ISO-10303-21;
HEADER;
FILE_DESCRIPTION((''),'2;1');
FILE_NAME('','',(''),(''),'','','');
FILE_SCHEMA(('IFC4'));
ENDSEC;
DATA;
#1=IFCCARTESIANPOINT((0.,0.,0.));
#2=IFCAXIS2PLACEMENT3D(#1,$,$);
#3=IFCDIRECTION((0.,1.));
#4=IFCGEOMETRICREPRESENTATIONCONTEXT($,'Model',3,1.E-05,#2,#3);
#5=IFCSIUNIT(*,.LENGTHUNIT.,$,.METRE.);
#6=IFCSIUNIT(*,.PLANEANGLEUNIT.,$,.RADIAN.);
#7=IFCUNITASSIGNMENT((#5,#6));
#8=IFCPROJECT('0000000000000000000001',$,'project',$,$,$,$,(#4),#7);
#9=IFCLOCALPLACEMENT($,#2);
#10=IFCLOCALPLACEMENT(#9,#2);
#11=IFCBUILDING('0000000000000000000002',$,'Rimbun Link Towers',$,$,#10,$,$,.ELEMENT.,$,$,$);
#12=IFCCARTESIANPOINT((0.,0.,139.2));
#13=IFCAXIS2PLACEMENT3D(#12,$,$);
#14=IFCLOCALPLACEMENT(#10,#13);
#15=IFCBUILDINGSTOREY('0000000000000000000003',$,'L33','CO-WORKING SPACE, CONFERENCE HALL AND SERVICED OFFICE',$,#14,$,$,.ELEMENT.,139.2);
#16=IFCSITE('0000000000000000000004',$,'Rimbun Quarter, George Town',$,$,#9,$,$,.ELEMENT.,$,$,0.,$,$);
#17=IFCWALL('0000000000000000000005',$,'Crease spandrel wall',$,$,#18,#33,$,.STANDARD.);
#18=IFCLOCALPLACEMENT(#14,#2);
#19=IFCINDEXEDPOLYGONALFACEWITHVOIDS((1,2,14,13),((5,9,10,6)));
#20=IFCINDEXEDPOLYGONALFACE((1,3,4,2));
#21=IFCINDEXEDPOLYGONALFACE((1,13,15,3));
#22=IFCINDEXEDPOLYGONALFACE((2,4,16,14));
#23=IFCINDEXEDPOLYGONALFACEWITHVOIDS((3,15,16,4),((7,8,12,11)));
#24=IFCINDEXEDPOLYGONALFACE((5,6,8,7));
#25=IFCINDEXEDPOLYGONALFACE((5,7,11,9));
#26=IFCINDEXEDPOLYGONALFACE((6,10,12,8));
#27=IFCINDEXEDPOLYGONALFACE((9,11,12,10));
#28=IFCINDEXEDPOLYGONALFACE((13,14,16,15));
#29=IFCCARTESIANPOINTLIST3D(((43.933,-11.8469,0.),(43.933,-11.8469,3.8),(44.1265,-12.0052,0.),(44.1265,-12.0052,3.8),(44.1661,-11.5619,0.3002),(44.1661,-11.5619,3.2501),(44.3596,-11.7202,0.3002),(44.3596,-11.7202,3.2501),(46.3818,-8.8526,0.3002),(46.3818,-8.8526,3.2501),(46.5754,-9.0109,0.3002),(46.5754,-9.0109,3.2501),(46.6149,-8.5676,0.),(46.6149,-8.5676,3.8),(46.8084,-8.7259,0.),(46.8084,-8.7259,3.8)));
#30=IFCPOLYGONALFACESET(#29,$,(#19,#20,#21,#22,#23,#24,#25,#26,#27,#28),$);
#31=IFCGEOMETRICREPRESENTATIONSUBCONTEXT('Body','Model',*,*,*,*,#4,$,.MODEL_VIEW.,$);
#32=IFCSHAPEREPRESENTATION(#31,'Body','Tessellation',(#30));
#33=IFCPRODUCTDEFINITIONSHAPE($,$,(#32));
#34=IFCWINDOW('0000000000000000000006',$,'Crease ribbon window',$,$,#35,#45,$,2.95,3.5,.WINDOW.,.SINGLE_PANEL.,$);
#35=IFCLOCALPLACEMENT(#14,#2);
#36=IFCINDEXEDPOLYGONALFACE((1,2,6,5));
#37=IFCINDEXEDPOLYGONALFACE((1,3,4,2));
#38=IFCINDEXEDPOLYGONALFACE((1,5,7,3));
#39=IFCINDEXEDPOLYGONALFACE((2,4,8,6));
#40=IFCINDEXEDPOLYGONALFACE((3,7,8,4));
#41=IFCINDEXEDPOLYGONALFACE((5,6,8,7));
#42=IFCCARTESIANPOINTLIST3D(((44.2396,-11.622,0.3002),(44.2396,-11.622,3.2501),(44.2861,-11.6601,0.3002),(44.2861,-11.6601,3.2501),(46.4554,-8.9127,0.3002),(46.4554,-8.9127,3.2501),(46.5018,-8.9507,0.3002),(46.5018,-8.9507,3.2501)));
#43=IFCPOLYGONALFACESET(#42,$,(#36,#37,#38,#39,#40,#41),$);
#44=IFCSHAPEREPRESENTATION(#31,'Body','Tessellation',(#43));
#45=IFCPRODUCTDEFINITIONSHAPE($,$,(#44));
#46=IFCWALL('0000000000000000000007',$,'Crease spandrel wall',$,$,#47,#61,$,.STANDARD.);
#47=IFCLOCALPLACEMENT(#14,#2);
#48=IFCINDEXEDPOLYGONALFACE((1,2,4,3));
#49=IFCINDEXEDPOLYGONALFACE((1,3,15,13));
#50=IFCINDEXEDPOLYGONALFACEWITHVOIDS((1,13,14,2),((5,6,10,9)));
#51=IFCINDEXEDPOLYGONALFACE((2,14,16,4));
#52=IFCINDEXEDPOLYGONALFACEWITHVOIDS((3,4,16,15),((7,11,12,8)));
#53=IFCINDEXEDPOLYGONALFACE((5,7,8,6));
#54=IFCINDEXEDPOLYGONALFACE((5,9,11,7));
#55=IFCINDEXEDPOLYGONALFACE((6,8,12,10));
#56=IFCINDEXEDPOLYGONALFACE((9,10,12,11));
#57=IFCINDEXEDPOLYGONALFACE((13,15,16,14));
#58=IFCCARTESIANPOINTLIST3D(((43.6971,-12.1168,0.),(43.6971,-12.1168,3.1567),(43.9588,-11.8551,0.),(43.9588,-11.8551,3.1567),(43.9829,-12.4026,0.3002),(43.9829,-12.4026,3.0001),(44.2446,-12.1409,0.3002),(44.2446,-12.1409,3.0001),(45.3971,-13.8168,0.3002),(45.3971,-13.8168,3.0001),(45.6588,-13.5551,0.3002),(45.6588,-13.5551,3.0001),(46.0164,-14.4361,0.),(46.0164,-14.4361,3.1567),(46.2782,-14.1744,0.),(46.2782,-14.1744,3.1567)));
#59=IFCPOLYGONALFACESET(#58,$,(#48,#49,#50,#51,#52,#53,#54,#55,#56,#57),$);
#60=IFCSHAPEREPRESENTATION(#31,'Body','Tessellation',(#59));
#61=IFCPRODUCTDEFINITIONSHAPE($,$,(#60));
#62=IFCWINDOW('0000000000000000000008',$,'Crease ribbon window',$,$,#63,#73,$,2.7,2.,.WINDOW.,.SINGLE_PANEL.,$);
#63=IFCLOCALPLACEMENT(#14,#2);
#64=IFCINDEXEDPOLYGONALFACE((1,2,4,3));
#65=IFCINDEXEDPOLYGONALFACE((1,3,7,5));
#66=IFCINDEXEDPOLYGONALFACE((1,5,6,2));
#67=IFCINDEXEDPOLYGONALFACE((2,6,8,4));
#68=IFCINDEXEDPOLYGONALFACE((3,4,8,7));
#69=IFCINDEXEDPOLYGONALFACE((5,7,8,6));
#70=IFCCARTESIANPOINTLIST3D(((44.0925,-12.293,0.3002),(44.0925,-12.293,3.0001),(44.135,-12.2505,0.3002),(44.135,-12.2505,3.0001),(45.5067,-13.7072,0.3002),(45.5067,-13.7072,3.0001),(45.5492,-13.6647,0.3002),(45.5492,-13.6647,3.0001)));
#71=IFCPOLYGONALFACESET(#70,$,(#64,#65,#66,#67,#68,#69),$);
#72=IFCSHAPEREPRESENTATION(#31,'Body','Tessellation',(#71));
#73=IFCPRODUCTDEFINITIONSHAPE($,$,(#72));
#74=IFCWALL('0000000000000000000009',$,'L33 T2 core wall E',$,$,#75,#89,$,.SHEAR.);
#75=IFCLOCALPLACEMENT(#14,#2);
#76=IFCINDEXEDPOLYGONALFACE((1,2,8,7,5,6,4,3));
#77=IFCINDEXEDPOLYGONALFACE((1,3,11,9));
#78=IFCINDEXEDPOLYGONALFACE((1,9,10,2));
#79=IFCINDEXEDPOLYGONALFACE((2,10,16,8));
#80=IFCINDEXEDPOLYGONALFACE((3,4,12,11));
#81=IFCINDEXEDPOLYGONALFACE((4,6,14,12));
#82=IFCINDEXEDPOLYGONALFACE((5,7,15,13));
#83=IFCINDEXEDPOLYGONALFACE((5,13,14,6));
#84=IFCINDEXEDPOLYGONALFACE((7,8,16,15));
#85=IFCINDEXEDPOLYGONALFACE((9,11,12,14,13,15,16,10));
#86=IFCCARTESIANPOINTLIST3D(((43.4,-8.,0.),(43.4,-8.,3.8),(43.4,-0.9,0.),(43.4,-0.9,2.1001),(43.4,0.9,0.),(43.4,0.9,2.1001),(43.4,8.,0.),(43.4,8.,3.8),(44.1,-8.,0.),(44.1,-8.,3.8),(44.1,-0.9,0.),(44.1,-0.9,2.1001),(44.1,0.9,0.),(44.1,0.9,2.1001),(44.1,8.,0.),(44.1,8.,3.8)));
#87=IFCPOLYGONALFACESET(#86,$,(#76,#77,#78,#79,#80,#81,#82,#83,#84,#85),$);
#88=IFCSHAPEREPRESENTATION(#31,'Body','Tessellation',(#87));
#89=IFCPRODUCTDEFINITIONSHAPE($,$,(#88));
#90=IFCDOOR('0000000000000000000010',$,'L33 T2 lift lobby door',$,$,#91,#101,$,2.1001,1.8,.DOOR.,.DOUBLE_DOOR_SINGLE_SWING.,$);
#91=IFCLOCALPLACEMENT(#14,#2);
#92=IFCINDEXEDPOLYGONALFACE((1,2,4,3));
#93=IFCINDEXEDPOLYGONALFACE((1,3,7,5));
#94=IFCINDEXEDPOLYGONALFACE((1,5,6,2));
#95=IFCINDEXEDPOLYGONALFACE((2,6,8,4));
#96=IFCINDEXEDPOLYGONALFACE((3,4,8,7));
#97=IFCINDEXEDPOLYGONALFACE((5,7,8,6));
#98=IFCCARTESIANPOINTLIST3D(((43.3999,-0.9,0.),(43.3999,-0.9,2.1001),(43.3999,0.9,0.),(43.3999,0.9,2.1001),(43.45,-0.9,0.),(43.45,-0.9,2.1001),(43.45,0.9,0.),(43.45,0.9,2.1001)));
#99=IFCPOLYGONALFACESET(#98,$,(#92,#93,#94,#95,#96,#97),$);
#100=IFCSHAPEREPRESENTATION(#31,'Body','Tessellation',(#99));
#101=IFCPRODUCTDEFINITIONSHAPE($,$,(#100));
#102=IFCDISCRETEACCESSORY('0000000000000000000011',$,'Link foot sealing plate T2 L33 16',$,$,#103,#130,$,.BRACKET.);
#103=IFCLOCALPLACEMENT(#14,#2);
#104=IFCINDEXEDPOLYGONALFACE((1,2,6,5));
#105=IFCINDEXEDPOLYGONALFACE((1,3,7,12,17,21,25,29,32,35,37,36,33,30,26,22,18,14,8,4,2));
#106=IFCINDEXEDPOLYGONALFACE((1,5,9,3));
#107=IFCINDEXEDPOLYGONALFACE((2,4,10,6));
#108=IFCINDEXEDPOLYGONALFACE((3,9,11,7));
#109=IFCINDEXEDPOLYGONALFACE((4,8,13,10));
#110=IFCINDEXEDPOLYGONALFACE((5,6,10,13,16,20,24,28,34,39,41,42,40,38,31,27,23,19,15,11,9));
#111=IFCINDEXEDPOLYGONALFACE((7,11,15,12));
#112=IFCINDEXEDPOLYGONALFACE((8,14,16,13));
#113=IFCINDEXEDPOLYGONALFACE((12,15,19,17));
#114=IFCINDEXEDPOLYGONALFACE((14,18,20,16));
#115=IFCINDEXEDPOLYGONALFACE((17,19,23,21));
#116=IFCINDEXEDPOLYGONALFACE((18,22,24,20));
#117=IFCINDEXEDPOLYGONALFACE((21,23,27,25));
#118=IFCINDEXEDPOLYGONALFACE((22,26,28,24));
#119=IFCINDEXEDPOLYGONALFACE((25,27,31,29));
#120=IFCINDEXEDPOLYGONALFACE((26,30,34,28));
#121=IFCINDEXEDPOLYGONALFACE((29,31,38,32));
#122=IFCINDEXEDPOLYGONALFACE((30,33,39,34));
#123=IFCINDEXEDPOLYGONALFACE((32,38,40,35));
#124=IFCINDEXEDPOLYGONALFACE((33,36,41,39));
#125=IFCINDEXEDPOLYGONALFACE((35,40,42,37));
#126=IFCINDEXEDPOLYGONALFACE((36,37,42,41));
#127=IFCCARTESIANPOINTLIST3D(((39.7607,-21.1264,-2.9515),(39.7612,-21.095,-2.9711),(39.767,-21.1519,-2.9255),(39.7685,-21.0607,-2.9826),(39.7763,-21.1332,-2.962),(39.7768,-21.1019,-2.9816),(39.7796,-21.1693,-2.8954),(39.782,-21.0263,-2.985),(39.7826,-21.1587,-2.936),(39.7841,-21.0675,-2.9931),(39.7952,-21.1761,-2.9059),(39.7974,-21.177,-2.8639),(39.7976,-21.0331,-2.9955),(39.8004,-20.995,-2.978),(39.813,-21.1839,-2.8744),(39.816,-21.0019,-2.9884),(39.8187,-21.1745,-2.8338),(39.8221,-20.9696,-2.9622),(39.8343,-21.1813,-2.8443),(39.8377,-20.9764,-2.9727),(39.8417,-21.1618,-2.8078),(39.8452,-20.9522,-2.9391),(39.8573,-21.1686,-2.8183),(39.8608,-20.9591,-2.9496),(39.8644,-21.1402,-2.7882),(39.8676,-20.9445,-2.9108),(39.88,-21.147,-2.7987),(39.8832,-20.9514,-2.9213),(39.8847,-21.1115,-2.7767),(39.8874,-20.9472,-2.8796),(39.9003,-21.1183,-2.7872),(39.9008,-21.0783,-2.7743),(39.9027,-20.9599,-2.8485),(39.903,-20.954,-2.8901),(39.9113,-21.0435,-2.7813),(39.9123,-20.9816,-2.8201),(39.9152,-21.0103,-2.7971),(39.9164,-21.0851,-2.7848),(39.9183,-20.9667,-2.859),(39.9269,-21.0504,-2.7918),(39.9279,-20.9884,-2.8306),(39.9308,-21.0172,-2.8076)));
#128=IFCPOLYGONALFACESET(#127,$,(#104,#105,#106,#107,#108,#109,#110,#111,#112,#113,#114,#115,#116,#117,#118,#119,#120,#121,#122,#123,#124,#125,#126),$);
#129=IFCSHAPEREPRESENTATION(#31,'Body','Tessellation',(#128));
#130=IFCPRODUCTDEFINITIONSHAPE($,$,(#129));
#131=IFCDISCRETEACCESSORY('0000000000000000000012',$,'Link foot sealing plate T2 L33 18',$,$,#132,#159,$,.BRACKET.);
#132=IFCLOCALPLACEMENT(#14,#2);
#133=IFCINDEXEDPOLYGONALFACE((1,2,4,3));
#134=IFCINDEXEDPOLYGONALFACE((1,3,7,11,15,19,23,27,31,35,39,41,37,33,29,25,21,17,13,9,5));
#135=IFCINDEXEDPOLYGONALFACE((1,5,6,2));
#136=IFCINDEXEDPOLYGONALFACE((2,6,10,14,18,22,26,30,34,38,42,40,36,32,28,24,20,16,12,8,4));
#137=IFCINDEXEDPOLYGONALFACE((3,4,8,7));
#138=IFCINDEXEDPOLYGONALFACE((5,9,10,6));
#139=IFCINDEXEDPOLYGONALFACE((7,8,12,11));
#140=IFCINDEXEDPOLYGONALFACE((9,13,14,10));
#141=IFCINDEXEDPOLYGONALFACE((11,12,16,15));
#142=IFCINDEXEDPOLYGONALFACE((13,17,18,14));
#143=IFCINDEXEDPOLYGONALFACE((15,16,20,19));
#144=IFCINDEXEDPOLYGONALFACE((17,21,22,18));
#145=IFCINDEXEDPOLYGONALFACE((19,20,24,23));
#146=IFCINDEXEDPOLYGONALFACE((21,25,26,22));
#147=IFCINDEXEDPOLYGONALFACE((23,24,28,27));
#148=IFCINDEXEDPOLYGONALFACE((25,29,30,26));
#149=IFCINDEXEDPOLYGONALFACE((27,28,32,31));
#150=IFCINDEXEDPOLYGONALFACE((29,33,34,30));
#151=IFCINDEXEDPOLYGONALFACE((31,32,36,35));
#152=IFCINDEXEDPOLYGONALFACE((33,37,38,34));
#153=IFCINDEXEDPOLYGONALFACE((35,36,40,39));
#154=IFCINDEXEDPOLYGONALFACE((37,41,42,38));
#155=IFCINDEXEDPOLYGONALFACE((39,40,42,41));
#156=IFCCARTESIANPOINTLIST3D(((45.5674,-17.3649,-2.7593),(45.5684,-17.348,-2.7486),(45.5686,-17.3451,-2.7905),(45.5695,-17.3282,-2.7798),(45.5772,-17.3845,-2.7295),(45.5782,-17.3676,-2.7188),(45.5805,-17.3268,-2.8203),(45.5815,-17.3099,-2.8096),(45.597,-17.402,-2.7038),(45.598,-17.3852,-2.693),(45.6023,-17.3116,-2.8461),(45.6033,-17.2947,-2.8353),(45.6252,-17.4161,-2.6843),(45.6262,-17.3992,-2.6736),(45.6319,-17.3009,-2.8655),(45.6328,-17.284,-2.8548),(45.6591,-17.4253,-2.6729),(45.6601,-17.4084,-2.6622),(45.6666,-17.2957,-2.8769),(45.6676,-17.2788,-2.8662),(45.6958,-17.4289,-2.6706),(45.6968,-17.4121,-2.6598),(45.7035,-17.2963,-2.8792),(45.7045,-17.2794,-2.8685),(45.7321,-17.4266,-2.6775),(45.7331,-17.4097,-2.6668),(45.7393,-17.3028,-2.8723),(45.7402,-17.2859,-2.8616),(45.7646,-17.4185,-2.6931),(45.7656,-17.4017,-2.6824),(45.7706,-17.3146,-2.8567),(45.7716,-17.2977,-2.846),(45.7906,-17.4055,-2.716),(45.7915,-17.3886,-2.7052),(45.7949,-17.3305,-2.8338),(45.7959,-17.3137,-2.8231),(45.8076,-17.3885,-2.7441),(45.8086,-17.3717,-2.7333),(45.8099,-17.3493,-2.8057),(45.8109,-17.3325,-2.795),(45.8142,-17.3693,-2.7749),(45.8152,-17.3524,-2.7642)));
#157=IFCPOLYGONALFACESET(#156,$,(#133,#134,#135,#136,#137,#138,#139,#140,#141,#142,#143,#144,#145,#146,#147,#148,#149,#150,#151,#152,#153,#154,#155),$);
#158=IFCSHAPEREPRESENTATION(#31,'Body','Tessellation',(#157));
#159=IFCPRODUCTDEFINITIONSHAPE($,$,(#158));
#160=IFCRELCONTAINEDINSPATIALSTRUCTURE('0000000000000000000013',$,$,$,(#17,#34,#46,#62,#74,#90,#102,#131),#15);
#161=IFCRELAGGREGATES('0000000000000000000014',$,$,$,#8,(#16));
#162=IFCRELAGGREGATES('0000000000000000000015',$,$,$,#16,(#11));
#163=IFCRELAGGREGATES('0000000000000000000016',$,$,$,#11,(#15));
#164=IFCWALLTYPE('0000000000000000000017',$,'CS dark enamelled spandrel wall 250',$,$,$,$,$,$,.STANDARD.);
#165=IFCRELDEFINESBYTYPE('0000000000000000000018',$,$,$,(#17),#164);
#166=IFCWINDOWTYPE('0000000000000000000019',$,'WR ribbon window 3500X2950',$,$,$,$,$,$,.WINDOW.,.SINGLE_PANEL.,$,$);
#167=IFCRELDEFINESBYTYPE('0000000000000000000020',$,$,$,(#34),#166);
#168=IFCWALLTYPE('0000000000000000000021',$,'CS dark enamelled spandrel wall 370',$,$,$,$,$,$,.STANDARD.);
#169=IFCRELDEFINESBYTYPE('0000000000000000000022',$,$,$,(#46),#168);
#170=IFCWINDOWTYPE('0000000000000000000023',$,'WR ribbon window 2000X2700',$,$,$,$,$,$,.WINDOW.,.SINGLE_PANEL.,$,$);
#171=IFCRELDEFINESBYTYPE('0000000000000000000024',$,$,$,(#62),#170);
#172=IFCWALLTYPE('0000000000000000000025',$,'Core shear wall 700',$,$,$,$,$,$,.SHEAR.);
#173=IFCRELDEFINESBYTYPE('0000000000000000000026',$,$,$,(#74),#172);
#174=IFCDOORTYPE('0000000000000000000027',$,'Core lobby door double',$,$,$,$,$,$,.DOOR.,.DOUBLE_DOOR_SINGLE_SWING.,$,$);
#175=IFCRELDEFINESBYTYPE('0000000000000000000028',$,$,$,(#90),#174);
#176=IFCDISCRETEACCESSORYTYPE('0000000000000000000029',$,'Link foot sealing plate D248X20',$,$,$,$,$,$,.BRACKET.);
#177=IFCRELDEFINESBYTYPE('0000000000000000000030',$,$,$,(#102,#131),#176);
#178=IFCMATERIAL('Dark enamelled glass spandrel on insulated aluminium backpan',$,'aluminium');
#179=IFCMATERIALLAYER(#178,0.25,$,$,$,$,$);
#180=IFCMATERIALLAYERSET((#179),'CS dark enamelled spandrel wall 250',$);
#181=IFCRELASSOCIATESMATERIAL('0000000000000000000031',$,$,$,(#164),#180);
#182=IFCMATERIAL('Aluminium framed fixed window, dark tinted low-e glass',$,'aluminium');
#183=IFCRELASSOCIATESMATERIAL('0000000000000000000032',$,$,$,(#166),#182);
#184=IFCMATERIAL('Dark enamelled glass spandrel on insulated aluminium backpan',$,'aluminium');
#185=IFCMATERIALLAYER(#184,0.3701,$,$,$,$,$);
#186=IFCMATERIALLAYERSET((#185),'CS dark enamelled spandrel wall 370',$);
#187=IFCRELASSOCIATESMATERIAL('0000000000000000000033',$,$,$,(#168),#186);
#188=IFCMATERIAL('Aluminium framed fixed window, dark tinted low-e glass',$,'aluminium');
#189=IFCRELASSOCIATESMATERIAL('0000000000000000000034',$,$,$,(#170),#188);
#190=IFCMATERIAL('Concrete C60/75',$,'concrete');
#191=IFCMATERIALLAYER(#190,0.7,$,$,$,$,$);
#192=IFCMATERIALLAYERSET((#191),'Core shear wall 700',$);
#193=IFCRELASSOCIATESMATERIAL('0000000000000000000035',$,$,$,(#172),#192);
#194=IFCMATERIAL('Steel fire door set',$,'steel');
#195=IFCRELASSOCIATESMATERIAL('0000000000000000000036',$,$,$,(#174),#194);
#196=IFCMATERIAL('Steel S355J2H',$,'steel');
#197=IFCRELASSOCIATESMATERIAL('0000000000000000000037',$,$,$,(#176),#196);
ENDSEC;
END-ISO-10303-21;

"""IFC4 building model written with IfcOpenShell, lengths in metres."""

from ifc_helpers import new_model, si_unit, direction, frame, frame_2d, origin, origin_2d, place, context, subcontext, project, spatial, rectangle, circle, extrude, material, layer, layer_set, material_profile, profile_set, type_object, element, fill, save


model = new_model("IFC4")

# Units and contexts
model_context = context("Model", 3, precision=1e-05, world=origin(), true_north=direction((0.0, 1.0)))
body_context = subcontext(model_context, "Body", "Model", "MODEL_VIEW")
ifc_project = project(units=[si_unit("LENGTHUNIT", "METRE"), si_unit("PLANEANGLEUNIT", "RADIAN")], contexts=[model_context])

# Site, building, storey
site_placement = place(None, origin())
site = spatial("IfcSite", under=ifc_project, at=site_placement, Name="Rimbun Quarter, George Town", CompositionType="ELEMENT", RefElevation=0.0)
building_placement = place(site_placement, origin())
building = spatial("IfcBuilding", under=site, at=building_placement, Name="Rimbun Link Towers", CompositionType="ELEMENT")
storey_placement = place(building_placement, frame((0.0, 0.0, 139.2)))
storey = spatial("IfcBuildingStorey", under=building, at=storey_placement, Name="L33", Description="CO-WORKING SPACE, CONFERENCE HALL AND SERVICED OFFICE", CompositionType="ELEMENT", Elevation=139.2)

# Walls, openings, windows
ifc_material_1 = material(Name="Dark enamelled glass spandrel on insulated aluminium backpan", Category="aluminium")
ifc_layer_1 = layer(ifc_material_1, 0.25)
ifc_layer_set_1 = layer_set([ifc_layer_1], Name="CS dark enamelled spandrel wall 250")
wall_type_1 = type_object("IfcWallType", Name="CS dark enamelled spandrel wall 250", PredefinedType="STANDARD", material=ifc_layer_set_1)
wall_1_placement = place(storey_placement, frame((46.7117, -8.6467, 0.0), z_axis=(0.0, 0.0, 1.0), x_axis=(-0.633071, -0.774093, 0.0)))
wall_1 = element("IfcWall", 1, at=wall_1_placement, inside=storey, type_object=wall_type_1, Name="Crease spandrel wall", PredefinedType="STANDARD", context=body_context, shape_type="SweptSolid", body=[
    extrude(rectangle(XDim=4.2363, YDim=0.25, at=frame_2d((2.1182, 0.0))), origin(), (0.0, 0.0, 1.0), 3.8),
])
opening_1_placement = place(wall_1_placement, frame((0.3682, 0.0, 0.3)))
opening_1 = element("IfcOpeningElement", 2, at=opening_1_placement, cuts=wall_1, PredefinedType="OPENING", context=body_context, shape_type="SweptSolid", body=[
    extrude(rectangle(XDim=3.5, YDim=2.95, at=frame_2d((1.75, 1.4751))), frame((0.0, 0.135, 0.0), z_axis=(0.0, -1.0, 0.0), x_axis=(1.0, 0.0, 0.0)), (0.0, 0.0, 1.0), 0.27),
])
ifc_material_2 = material(Name="Aluminium framed fixed window, dark tinted low-e glass", Category="aluminium")
window_type_1 = type_object("IfcWindowType", Name="WR ribbon window 3500X2950", PartitioningType="SINGLE_PANEL", PredefinedType="WINDOW", material=ifc_material_2)
window_1_placement = place(opening_1_placement, origin())
window_1 = element("IfcWindow", 3, at=window_1_placement, inside=storey, type_object=window_type_1, Name="Crease ribbon window", OverallHeight=2.95, OverallWidth=3.5, PartitioningType="SINGLE_PANEL", PredefinedType="WINDOW", context=body_context, shape_type="SweptSolid", body=[
    extrude(rectangle(XDim=3.5, YDim=2.95, at=frame_2d((1.75, 1.4751))), frame((0.0, 0.03, 0.0), z_axis=(0.0, -1.0, 0.0), x_axis=(1.0, 0.0, 0.0)), (0.0, 0.0, 1.0), 0.0601),
])
fill(opening_1, window_1)
ifc_material_3 = material(Name="Dark enamelled glass spandrel on insulated aluminium backpan", Category="aluminium")
ifc_layer_2 = layer(ifc_material_3, 0.3701)
ifc_layer_set_2 = layer_set([ifc_layer_2], Name="CS dark enamelled spandrel wall 370")
wall_type_2 = type_object("IfcWallType", Name="CS dark enamelled spandrel wall 370", PredefinedType="STANDARD", material=ifc_layer_set_2)
wall_2_placement = place(storey_placement, frame((43.8279, -11.9858, 0.0), z_axis=(0.0, 0.0, 1.0), x_axis=(0.707107, -0.707107, 0.0)))
wall_2 = element("IfcWall", 4, at=wall_2_placement, inside=storey, type_object=wall_type_2, Name="Crease spandrel wall", PredefinedType="STANDARD", context=body_context, shape_type="SweptSolid", body=[
    extrude(rectangle(XDim=3.28, YDim=0.3701, at=frame_2d((1.6401, 0.0))), origin(), (0.0, 0.0, 1.0), 3.1567),
])
opening_2_placement = place(wall_2_placement, frame((0.4043, 0.0, 0.3)))
opening_2 = element("IfcOpeningElement", 5, at=opening_2_placement, cuts=wall_2, PredefinedType="OPENING", context=body_context, shape_type="SweptSolid", body=[
    extrude(rectangle(XDim=2.0, YDim=2.7, at=frame_2d((1.0, 1.3501))), frame((0.0, 0.1951, 0.0), z_axis=(0.0, -1.0, 0.0), x_axis=(1.0, 0.0, 0.0)), (0.0, 0.0, 1.0), 0.3901),
])
ifc_material_4 = material(Name="Aluminium framed fixed window, dark tinted low-e glass", Category="aluminium")
window_type_2 = type_object("IfcWindowType", Name="WR ribbon window 2000X2700", PartitioningType="SINGLE_PANEL", PredefinedType="WINDOW", material=ifc_material_4)
window_2_placement = place(opening_2_placement, origin())
window_2 = element("IfcWindow", 6, at=window_2_placement, inside=storey, type_object=window_type_2, Name="Crease ribbon window", OverallHeight=2.7, OverallWidth=2.0, PartitioningType="SINGLE_PANEL", PredefinedType="WINDOW", context=body_context, shape_type="SweptSolid", body=[
    extrude(rectangle(XDim=2.0, YDim=2.7, at=frame_2d((1.0, 1.3501))), frame((0.0, 0.03, 0.0), z_axis=(0.0, -1.0, 0.0), x_axis=(1.0, 0.0, 0.0)), (0.0, 0.0, 1.0), 0.0601),
])
fill(opening_2, window_2)

# Wall, opening, door
ifc_material_5 = material(Name="Concrete C60/75", Category="concrete")
ifc_layer_3 = layer(ifc_material_5, 0.7)
ifc_layer_set_3 = layer_set([ifc_layer_3], Name="Core shear wall 700")
wall_type_3 = type_object("IfcWallType", Name="Core shear wall 700", PredefinedType="SHEAR", material=ifc_layer_set_3)
wall_3_placement = place(storey_placement, frame((43.75, -8.0, 0.0), z_axis=(0.0, 0.0, 1.0), x_axis=(0.0, 1.0, 0.0)))
wall_3 = element("IfcWall", 7, at=wall_3_placement, inside=storey, type_object=wall_type_3, Name="L33 T2 core wall E", PredefinedType="SHEAR", context=body_context, shape_type="SweptSolid", body=[
    extrude(rectangle(XDim=16.0, YDim=0.7, at=frame_2d((8.0, 0.0))), origin(), (0.0, 0.0, 1.0), 3.8),
])
opening_3_placement = place(wall_3_placement, frame((7.1001, 0.0, 0.0)))
opening_3 = element("IfcOpeningElement", 8, at=opening_3_placement, cuts=wall_3, PredefinedType="OPENING", context=body_context, shape_type="SweptSolid", body=[
    extrude(rectangle(XDim=1.8, YDim=2.1001, at=frame_2d((0.8999, 1.05))), frame((0.0, 0.3599, 0.0), z_axis=(0.0, -1.0, 0.0), x_axis=(1.0, 0.0, 0.0)), (0.0, 0.0, 1.0), 0.72),
])
ifc_material_6 = material(Name="Steel fire door set", Category="steel")
door_type = type_object("IfcDoorType", Name="Core lobby door double", OperationType="DOUBLE_DOOR_SINGLE_SWING", PredefinedType="DOOR", material=ifc_material_6)
door_placement = place(opening_3_placement, origin())
door = element("IfcDoor", 9, at=door_placement, inside=storey, type_object=door_type, Name="L33 T2 lift lobby door", OperationType="DOUBLE_DOOR_SINGLE_SWING", OverallHeight=2.1001, OverallWidth=1.8, PredefinedType="DOOR", context=body_context, shape_type="SweptSolid", body=[
    extrude(rectangle(XDim=1.8, YDim=2.1001, at=frame_2d((0.8999, 1.05))), frame((0.0, 0.3501, 0.0), z_axis=(0.0, -1.0, 0.0), x_axis=(1.0, 0.0, 0.0)), (0.0, 0.0, 1.0), 0.05),
])
fill(opening_3, door)

# Discrete accessories
ifc_material_7 = material(Name="Steel S355J2H", Category="steel")
ifc_material_profile_1 = material_profile(ifc_material_7, circle(Radius=0.124, at=origin_2d()), Name="PL D248")
ifc_profile_set_1 = profile_set([ifc_material_profile_1], Name="Steel S355J2H")
discrete_accessory_type = type_object("IfcDiscreteAccessoryType", Name="Link foot sealing plate D248X20", PredefinedType="BRACKET", material=ifc_profile_set_1)
for number, where, z_axis, x_axis, name in (
    (10, (39.8376, -21.0608, -2.8796), (0.780198, -0.341337, -0.524195), (0.400819, 0.916157, 0.0), "Link foot sealing plate T2 L33 16"),
    (11, (45.6914, -17.3452, -2.7642), (-0.04882, -0.842153, -0.537025), (0.998324, -0.057874, 0.0), "Link foot sealing plate T2 L33 18"),
):
    element("IfcDiscreteAccessory", number, at=place(storey_placement, frame(where, z_axis=z_axis, x_axis=x_axis)), inside=storey, type_object=discrete_accessory_type, Name=name, PredefinedType="BRACKET", context=body_context, shape_type="SweptSolid", body=[
        extrude(circle(Radius=0.124, at=origin_2d()), origin(), (0.0, 0.0, 1.0), 0.02),
    ])

save(model, "model.ifc")
